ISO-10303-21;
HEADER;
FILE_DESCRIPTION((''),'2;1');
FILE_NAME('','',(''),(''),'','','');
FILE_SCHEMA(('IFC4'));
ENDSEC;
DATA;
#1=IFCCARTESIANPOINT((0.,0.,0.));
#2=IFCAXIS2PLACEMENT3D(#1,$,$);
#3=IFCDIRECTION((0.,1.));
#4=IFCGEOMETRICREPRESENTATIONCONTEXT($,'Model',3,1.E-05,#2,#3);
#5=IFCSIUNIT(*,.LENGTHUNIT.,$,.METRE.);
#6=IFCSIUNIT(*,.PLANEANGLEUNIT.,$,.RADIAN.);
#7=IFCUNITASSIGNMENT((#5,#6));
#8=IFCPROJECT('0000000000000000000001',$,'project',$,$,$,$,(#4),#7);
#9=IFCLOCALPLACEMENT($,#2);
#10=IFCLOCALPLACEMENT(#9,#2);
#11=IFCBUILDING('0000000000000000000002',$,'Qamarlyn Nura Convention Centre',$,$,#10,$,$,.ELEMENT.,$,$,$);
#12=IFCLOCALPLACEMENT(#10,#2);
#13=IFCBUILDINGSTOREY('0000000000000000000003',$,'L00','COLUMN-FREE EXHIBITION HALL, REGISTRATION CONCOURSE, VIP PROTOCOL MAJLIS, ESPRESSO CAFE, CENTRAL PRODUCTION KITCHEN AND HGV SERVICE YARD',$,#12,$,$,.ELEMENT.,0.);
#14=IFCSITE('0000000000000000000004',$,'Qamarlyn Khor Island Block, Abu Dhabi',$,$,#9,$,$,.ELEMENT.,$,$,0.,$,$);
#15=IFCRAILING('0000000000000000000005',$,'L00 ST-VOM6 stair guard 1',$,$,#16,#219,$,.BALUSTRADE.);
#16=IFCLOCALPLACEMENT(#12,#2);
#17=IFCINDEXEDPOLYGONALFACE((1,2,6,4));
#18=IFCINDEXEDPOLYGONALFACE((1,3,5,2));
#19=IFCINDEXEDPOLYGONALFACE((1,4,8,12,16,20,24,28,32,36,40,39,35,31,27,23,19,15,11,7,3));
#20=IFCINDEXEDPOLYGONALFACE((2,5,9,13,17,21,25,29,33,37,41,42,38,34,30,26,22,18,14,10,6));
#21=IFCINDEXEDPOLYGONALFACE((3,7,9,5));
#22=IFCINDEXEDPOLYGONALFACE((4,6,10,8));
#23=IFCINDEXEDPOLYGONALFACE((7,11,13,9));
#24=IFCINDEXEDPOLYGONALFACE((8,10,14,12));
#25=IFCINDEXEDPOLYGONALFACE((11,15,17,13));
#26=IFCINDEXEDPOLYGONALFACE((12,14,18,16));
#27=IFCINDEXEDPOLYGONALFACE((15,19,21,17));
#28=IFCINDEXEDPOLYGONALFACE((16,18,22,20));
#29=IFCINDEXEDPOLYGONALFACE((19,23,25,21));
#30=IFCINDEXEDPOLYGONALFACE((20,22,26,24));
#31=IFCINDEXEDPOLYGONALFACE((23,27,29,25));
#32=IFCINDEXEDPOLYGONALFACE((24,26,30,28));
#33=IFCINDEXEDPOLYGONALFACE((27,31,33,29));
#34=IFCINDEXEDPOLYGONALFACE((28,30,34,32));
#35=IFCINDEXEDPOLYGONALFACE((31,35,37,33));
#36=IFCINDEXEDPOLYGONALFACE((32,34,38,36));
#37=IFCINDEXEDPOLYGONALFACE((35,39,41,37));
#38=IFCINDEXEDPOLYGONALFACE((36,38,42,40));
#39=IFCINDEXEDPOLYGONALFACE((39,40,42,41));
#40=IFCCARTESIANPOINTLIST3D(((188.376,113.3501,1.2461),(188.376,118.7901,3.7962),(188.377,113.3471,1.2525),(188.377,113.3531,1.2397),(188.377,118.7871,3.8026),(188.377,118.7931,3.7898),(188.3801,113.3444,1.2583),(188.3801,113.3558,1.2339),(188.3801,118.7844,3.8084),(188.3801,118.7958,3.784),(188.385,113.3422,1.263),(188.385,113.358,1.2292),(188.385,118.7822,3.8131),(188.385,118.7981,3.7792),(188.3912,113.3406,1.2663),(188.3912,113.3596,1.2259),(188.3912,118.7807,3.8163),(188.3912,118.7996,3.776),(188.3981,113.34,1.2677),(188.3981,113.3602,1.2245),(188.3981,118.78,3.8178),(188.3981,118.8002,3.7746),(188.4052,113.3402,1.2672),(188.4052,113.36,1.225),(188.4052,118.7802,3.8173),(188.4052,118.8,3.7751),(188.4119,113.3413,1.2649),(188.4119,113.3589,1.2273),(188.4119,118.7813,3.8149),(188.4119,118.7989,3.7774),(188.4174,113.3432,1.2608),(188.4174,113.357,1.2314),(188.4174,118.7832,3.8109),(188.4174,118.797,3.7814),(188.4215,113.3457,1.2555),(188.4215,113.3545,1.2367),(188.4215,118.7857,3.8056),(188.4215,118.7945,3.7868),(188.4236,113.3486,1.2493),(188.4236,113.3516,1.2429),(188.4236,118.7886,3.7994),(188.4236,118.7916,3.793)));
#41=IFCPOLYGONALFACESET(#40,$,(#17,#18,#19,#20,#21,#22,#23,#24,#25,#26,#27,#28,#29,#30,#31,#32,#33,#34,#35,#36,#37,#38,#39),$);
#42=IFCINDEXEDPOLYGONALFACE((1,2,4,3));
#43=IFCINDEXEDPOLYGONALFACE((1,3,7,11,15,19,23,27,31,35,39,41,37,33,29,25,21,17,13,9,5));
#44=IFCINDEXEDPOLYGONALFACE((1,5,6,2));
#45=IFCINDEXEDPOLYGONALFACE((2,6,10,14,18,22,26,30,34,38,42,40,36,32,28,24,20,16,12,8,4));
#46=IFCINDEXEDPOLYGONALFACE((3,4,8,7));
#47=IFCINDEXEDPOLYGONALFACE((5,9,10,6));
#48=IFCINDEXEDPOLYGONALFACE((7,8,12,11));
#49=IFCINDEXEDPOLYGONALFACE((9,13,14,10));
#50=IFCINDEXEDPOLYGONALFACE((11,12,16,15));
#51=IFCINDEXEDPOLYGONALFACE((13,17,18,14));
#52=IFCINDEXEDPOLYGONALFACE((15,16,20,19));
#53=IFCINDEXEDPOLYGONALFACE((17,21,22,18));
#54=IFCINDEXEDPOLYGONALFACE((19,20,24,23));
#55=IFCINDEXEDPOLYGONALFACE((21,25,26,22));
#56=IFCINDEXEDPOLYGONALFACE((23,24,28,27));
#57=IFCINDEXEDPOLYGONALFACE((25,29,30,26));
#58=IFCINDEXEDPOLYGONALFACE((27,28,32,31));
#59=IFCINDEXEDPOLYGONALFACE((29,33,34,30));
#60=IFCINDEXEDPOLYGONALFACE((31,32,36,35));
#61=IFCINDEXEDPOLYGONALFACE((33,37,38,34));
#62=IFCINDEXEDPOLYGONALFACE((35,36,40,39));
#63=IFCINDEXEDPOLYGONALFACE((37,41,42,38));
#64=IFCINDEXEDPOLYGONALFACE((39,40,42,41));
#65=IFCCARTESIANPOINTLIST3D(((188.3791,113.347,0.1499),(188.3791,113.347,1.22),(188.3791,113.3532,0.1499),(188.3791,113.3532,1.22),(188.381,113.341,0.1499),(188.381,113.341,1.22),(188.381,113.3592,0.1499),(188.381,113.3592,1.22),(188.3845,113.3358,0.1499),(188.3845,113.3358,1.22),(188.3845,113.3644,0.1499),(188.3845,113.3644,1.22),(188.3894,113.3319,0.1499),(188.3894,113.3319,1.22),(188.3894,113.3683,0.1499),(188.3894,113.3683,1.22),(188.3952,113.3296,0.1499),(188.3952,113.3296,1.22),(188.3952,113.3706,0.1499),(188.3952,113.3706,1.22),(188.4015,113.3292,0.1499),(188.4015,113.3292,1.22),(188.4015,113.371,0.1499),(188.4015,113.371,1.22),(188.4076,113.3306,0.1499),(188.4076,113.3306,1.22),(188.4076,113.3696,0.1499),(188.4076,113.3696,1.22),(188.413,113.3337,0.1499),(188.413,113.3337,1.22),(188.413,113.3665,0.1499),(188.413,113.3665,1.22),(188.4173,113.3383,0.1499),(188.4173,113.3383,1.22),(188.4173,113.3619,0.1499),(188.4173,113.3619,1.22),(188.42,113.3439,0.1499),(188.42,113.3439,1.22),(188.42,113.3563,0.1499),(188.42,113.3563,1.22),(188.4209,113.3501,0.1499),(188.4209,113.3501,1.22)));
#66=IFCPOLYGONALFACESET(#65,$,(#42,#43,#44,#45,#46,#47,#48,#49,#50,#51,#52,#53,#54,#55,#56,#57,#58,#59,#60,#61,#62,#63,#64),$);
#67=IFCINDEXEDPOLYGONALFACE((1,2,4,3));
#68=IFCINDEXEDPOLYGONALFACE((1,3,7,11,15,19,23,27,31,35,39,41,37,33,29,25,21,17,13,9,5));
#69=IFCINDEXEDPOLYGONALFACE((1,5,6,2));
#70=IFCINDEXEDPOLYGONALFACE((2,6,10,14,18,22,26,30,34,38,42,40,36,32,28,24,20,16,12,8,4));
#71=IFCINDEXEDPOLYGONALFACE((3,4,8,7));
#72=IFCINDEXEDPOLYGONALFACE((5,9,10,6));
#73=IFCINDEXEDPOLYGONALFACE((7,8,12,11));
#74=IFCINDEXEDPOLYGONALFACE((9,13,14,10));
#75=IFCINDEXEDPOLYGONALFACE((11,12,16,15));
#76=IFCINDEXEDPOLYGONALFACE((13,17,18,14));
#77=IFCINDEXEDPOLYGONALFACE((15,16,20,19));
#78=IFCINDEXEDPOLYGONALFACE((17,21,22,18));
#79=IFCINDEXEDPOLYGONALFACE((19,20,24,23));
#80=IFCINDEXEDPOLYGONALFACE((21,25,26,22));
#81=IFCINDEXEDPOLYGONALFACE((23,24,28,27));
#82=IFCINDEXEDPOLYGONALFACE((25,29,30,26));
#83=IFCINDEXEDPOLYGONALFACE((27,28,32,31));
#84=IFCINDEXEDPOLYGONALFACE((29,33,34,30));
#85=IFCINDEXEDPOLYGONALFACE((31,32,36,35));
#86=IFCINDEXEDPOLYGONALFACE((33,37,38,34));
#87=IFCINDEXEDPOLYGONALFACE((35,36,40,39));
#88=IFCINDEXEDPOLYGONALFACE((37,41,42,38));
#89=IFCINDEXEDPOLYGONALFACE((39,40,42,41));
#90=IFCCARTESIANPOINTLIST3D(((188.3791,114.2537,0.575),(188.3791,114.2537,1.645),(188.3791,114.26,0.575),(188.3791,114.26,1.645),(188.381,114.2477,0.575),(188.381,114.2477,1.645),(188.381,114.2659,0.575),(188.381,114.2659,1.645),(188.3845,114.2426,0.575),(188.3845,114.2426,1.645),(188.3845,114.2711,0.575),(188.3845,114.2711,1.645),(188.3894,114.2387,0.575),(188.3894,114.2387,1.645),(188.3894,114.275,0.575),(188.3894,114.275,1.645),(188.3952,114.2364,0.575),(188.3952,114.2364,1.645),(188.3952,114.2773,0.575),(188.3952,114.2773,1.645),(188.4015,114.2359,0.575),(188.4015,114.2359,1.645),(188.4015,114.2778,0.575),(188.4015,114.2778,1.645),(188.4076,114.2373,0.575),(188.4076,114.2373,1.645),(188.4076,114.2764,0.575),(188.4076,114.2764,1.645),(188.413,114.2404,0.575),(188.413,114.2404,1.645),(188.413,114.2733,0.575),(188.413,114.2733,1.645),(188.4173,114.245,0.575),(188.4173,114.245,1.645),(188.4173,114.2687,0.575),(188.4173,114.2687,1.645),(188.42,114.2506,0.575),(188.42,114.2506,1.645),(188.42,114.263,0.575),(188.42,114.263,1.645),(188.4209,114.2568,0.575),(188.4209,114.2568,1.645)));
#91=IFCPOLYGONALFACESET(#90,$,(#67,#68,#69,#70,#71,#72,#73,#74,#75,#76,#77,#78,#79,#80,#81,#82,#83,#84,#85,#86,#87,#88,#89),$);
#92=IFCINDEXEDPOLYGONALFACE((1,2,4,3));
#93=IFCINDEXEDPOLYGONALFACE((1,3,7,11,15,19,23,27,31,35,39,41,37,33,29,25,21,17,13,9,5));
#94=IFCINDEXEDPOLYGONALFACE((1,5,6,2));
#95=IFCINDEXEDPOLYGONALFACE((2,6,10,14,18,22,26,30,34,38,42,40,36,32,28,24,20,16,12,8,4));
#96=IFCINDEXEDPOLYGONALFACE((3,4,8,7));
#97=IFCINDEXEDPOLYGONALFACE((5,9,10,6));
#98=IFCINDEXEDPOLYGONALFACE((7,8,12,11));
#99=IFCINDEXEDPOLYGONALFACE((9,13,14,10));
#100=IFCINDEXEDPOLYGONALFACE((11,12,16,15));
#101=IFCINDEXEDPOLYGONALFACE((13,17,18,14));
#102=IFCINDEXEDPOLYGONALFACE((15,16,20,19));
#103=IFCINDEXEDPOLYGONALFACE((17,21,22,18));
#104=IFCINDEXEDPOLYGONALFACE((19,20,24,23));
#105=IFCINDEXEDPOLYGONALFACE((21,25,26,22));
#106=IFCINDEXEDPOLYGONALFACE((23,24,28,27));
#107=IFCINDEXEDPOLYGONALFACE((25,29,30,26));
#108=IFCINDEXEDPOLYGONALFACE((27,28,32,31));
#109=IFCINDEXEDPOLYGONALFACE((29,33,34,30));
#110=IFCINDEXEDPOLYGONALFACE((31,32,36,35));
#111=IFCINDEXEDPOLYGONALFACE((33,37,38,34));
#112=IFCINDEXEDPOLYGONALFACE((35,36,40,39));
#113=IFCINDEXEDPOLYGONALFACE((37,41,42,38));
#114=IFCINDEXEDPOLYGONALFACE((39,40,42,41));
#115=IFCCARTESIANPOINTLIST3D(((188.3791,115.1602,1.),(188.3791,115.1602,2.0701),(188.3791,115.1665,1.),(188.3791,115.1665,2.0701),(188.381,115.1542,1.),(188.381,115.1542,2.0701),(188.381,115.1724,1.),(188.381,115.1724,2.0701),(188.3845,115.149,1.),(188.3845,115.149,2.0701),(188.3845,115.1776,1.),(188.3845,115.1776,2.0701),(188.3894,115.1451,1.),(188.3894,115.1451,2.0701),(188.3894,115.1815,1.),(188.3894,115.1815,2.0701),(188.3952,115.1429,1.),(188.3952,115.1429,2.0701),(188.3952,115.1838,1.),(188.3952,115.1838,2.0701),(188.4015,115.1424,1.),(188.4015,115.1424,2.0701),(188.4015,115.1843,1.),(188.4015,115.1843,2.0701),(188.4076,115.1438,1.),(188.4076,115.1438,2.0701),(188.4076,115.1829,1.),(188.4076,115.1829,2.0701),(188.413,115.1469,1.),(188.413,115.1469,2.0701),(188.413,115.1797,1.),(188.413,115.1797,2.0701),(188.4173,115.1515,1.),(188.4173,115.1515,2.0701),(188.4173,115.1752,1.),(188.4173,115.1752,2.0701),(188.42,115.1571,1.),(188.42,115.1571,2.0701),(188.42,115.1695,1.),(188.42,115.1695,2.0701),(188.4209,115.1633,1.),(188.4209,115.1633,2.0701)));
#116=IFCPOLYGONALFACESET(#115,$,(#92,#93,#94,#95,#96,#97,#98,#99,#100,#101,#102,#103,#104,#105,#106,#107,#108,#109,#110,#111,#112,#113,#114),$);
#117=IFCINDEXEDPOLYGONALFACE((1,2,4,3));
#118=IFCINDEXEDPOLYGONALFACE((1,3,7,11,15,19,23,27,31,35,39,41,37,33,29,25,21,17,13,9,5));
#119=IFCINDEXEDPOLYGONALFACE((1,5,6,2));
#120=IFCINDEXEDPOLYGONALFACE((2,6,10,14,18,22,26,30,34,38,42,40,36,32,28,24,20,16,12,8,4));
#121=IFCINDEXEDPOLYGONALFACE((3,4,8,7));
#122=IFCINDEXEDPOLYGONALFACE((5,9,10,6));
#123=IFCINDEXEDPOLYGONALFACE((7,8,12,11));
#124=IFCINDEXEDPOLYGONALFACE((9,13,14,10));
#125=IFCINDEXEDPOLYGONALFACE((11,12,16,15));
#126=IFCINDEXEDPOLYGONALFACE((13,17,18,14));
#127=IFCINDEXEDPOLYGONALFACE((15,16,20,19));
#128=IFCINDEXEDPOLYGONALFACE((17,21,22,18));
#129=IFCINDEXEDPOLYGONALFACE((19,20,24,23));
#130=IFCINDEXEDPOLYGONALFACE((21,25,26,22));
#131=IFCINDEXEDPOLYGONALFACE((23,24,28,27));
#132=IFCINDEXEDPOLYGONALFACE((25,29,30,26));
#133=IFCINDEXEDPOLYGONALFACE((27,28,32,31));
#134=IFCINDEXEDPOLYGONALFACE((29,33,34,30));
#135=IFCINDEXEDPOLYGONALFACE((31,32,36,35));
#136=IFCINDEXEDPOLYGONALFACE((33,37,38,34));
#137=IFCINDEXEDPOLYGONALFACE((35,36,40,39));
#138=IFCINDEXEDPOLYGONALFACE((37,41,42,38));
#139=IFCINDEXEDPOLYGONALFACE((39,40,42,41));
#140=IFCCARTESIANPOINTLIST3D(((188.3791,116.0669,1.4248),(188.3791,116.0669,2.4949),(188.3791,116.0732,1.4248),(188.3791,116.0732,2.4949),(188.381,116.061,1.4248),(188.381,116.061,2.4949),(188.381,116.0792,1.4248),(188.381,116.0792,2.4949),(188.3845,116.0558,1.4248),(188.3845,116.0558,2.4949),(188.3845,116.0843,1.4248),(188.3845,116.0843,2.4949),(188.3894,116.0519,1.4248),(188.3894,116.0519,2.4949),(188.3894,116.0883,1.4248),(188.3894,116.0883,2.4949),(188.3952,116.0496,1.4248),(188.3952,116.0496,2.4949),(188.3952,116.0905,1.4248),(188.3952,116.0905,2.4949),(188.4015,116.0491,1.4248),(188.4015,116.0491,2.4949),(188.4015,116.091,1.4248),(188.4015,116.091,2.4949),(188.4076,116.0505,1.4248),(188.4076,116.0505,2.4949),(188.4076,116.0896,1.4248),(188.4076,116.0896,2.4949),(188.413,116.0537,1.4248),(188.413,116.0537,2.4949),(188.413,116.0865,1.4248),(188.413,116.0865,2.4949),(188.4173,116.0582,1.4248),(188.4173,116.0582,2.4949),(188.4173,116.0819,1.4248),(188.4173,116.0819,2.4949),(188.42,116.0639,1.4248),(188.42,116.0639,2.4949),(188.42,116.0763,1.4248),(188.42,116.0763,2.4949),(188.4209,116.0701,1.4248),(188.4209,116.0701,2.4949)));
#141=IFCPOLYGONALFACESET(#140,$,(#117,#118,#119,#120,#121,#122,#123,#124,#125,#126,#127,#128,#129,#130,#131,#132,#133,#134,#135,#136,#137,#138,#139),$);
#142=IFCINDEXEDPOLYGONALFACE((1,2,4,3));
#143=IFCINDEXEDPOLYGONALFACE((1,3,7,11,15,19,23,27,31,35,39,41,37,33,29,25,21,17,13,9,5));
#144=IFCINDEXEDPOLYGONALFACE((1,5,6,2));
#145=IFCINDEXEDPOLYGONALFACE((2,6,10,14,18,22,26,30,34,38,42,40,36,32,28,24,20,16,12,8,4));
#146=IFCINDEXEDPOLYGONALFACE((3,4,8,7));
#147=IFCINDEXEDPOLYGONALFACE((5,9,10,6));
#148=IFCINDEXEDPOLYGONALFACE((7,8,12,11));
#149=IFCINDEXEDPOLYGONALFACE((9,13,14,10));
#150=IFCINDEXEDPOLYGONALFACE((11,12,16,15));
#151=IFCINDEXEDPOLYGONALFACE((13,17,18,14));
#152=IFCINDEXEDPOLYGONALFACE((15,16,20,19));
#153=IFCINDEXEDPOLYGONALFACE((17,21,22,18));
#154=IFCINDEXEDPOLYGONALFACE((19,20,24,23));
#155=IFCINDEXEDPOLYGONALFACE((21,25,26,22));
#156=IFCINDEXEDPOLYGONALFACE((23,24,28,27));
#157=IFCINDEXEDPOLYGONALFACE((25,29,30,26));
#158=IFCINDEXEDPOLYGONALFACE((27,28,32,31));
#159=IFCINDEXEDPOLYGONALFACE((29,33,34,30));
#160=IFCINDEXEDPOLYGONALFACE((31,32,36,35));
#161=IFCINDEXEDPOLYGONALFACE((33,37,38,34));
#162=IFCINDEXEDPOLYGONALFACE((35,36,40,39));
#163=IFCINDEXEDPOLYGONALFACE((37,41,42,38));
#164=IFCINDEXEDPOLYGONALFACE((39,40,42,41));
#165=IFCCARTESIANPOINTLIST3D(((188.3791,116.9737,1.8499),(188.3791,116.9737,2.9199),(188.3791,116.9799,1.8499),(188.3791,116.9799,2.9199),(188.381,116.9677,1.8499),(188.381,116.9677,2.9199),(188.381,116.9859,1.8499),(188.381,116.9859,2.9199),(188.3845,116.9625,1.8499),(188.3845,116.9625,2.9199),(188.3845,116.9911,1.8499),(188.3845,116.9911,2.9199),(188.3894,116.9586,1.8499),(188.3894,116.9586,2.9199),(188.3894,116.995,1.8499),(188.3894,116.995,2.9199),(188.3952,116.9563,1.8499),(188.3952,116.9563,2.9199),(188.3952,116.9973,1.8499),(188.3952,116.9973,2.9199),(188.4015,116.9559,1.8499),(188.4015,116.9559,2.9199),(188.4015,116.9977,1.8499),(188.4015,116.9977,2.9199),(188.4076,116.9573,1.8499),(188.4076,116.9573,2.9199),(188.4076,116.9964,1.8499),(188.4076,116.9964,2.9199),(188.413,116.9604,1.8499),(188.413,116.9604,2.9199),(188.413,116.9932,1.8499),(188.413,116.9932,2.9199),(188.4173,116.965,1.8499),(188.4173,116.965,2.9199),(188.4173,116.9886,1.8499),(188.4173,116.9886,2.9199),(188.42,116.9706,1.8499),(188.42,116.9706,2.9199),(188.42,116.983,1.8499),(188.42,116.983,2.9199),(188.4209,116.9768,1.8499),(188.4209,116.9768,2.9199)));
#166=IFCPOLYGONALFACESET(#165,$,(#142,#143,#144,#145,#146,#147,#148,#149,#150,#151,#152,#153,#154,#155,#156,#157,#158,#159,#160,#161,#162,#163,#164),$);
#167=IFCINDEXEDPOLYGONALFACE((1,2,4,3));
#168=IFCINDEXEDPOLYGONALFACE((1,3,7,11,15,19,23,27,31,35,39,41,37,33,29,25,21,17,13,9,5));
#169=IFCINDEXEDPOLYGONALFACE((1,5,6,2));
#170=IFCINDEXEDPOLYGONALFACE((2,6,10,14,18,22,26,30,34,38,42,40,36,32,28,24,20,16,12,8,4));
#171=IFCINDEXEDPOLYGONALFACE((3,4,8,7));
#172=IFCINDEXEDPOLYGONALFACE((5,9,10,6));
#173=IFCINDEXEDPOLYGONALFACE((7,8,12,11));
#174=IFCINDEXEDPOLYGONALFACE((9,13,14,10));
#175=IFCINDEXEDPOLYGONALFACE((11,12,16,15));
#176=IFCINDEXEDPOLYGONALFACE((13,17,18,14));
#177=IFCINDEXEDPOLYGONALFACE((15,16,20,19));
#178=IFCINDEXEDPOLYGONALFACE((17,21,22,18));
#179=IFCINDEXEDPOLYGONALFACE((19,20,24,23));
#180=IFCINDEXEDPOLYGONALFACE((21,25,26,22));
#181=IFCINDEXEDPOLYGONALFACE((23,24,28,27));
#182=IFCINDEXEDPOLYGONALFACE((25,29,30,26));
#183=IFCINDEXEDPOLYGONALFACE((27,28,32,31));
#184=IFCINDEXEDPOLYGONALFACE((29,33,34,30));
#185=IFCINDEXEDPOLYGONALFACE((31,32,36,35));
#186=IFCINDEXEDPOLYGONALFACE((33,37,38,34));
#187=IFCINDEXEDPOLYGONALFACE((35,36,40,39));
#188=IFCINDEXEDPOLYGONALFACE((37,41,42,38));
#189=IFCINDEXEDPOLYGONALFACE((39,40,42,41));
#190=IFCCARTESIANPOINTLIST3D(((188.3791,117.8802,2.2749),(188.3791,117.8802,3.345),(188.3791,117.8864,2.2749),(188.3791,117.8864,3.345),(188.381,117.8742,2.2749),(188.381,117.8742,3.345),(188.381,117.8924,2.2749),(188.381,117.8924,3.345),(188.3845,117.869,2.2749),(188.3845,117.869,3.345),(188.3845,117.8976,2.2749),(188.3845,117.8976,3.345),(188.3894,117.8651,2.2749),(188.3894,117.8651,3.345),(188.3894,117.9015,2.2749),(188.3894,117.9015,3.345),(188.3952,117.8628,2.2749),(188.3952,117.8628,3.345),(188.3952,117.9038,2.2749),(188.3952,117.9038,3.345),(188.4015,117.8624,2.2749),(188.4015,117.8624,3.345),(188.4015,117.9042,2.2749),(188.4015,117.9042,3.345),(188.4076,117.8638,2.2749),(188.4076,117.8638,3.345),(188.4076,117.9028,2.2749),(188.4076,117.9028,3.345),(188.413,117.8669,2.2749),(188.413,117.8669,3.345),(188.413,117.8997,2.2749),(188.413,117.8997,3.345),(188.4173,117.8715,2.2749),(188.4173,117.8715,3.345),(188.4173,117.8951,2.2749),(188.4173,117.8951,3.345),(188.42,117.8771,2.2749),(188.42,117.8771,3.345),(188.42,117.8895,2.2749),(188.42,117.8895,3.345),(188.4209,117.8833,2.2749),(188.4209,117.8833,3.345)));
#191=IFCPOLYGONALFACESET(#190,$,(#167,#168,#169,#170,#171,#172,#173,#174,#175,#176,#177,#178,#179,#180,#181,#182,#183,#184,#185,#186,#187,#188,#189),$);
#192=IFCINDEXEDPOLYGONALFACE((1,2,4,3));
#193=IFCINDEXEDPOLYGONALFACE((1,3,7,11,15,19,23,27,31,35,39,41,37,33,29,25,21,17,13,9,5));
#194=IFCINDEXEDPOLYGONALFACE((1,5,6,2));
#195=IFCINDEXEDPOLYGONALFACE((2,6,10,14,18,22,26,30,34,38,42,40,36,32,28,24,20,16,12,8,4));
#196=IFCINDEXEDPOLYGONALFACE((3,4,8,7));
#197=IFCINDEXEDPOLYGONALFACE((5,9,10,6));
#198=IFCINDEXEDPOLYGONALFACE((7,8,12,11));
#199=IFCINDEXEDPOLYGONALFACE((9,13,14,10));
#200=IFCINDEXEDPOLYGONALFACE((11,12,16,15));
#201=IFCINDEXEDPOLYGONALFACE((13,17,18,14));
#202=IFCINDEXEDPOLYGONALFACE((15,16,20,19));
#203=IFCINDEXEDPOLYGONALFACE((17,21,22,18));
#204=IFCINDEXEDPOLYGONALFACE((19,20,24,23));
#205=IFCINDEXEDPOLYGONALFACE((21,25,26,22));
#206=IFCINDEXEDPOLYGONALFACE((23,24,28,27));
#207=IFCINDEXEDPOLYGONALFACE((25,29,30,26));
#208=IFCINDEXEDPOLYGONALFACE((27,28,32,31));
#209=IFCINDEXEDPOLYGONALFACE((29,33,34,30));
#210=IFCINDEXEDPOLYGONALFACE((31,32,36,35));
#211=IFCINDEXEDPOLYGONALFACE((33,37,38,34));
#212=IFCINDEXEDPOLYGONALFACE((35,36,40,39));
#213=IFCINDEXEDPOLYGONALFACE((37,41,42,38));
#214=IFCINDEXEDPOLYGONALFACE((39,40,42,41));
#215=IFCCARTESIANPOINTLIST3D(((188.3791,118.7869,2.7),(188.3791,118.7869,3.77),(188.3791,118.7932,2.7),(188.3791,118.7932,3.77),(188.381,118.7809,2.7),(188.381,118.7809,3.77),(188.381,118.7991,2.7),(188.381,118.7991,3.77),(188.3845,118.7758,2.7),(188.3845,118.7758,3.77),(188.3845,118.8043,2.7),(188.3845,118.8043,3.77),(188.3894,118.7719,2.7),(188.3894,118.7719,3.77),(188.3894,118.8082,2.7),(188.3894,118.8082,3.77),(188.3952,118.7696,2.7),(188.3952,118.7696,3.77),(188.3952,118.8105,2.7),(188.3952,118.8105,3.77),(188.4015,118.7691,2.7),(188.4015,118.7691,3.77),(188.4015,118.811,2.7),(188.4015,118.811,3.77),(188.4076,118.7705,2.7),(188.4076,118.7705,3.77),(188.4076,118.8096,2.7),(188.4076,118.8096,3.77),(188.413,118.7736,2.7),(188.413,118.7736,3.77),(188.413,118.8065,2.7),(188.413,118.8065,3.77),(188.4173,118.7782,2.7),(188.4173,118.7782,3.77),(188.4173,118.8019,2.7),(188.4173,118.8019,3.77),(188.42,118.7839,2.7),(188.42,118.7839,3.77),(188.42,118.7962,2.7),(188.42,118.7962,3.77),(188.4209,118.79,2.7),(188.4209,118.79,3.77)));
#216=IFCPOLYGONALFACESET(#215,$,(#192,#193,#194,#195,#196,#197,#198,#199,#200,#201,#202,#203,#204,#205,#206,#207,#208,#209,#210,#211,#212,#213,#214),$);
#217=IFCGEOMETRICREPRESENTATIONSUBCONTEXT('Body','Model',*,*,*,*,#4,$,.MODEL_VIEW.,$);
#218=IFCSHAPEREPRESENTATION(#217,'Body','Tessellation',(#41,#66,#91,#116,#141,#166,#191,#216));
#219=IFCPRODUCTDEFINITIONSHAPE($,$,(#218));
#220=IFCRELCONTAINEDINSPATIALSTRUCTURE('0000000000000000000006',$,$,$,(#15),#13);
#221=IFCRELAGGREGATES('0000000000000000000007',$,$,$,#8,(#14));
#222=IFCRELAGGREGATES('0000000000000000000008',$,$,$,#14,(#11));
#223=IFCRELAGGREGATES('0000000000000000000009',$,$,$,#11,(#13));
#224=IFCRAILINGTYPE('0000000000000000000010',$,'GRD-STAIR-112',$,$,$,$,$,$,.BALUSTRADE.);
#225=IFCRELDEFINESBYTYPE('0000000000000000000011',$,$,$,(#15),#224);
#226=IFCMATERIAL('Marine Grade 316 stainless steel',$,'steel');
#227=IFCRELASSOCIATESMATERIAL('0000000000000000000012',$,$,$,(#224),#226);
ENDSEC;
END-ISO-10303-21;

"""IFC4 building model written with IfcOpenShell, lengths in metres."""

from ifc_helpers import new_model, si_unit, direction, frame, origin, origin_2d, place, context, subcontext, project, spatial, circle, extrude, material, type_object, element, save


model = new_model("IFC4")

# Units and contexts
model_context = context("Model", 3, precision=1e-05, world=origin(), true_north=direction((0.0, 1.0)))
body_context = subcontext(model_context, "Body", "Model", "MODEL_VIEW")
ifc_project = project(units=[si_unit("LENGTHUNIT", "METRE"), si_unit("PLANEANGLEUNIT", "RADIAN")], contexts=[model_context])

# Site, building, storey
site_placement = place(None, origin())
site = spatial("IfcSite", under=ifc_project, at=site_placement, Name="Qamarlyn Khor Island Block, Abu Dhabi", CompositionType="ELEMENT", RefElevation=0.0)
building_placement = place(site_placement, origin())
building = spatial("IfcBuilding", under=site, at=building_placement, Name="Qamarlyn Nura Convention Centre", CompositionType="ELEMENT")
storey_placement = place(building_placement, origin())
storey = spatial("IfcBuildingStorey", under=building, at=storey_placement, Name="L00", Description="COLUMN-FREE EXHIBITION HALL, REGISTRATION CONCOURSE, VIP PROTOCOL MAJLIS, ESPRESSO CAFE, CENTRAL PRODUCTION KITCHEN AND HGV SERVICE YARD", CompositionType="ELEMENT", Elevation=0.0)

# Railing
ifc_material_1 = material(Name="Marine Grade 316 stainless steel", Category="steel")
railing_type_1 = type_object("IfcRailingType", Name="GRD-STAIR-112", PredefinedType="BALUSTRADE", material=ifc_material_1)
railing_1_placement = place(storey_placement, frame((188.3999, 113.3501, 0.1499)))
element("IfcRailing", 1, at=railing_1_placement, inside=storey, type_object=railing_type_1, Name="L00 ST-VOM6 stair guard 1", PredefinedType="BALUSTRADE", context=body_context, shape_type="SweptSolid", body=[
    extrude(circle(Radius=0.0239, at=origin_2d()), frame((0.0, 0.0, 1.0962), z_axis=(0.0, 0.905454, 0.424444), x_axis=(-1.0, 0.0, 0.0)), (0.0, 0.0, 1.0), 6.0081),
    extrude(circle(Radius=0.021, at=origin_2d()), origin(), (0.0, 0.0, 1.0), 1.0701),
    extrude(circle(Radius=0.021, at=origin_2d()), frame((0.0, 0.9067, 0.425)), (0.0, 0.0, 1.0), 1.0701),
    extrude(circle(Radius=0.021, at=origin_2d()), frame((0.0, 1.8132, 0.8501)), (0.0, 0.0, 1.0), 1.0701),
    extrude(circle(Radius=0.021, at=origin_2d()), frame((0.0, 2.72, 1.2749)), (0.0, 0.0, 1.0), 1.0701),
    extrude(circle(Radius=0.021, at=origin_2d()), frame((0.0, 3.6267, 1.7)), (0.0, 0.0, 1.0), 1.0701),
    extrude(circle(Radius=0.021, at=origin_2d()), frame((0.0, 4.5332, 2.125)), (0.0, 0.0, 1.0), 1.0701),
    extrude(circle(Radius=0.021, at=origin_2d()), frame((0.0, 5.4399, 2.55)), (0.0, 0.0, 1.0), 1.0701),
])

save(model, "model.ifc")
